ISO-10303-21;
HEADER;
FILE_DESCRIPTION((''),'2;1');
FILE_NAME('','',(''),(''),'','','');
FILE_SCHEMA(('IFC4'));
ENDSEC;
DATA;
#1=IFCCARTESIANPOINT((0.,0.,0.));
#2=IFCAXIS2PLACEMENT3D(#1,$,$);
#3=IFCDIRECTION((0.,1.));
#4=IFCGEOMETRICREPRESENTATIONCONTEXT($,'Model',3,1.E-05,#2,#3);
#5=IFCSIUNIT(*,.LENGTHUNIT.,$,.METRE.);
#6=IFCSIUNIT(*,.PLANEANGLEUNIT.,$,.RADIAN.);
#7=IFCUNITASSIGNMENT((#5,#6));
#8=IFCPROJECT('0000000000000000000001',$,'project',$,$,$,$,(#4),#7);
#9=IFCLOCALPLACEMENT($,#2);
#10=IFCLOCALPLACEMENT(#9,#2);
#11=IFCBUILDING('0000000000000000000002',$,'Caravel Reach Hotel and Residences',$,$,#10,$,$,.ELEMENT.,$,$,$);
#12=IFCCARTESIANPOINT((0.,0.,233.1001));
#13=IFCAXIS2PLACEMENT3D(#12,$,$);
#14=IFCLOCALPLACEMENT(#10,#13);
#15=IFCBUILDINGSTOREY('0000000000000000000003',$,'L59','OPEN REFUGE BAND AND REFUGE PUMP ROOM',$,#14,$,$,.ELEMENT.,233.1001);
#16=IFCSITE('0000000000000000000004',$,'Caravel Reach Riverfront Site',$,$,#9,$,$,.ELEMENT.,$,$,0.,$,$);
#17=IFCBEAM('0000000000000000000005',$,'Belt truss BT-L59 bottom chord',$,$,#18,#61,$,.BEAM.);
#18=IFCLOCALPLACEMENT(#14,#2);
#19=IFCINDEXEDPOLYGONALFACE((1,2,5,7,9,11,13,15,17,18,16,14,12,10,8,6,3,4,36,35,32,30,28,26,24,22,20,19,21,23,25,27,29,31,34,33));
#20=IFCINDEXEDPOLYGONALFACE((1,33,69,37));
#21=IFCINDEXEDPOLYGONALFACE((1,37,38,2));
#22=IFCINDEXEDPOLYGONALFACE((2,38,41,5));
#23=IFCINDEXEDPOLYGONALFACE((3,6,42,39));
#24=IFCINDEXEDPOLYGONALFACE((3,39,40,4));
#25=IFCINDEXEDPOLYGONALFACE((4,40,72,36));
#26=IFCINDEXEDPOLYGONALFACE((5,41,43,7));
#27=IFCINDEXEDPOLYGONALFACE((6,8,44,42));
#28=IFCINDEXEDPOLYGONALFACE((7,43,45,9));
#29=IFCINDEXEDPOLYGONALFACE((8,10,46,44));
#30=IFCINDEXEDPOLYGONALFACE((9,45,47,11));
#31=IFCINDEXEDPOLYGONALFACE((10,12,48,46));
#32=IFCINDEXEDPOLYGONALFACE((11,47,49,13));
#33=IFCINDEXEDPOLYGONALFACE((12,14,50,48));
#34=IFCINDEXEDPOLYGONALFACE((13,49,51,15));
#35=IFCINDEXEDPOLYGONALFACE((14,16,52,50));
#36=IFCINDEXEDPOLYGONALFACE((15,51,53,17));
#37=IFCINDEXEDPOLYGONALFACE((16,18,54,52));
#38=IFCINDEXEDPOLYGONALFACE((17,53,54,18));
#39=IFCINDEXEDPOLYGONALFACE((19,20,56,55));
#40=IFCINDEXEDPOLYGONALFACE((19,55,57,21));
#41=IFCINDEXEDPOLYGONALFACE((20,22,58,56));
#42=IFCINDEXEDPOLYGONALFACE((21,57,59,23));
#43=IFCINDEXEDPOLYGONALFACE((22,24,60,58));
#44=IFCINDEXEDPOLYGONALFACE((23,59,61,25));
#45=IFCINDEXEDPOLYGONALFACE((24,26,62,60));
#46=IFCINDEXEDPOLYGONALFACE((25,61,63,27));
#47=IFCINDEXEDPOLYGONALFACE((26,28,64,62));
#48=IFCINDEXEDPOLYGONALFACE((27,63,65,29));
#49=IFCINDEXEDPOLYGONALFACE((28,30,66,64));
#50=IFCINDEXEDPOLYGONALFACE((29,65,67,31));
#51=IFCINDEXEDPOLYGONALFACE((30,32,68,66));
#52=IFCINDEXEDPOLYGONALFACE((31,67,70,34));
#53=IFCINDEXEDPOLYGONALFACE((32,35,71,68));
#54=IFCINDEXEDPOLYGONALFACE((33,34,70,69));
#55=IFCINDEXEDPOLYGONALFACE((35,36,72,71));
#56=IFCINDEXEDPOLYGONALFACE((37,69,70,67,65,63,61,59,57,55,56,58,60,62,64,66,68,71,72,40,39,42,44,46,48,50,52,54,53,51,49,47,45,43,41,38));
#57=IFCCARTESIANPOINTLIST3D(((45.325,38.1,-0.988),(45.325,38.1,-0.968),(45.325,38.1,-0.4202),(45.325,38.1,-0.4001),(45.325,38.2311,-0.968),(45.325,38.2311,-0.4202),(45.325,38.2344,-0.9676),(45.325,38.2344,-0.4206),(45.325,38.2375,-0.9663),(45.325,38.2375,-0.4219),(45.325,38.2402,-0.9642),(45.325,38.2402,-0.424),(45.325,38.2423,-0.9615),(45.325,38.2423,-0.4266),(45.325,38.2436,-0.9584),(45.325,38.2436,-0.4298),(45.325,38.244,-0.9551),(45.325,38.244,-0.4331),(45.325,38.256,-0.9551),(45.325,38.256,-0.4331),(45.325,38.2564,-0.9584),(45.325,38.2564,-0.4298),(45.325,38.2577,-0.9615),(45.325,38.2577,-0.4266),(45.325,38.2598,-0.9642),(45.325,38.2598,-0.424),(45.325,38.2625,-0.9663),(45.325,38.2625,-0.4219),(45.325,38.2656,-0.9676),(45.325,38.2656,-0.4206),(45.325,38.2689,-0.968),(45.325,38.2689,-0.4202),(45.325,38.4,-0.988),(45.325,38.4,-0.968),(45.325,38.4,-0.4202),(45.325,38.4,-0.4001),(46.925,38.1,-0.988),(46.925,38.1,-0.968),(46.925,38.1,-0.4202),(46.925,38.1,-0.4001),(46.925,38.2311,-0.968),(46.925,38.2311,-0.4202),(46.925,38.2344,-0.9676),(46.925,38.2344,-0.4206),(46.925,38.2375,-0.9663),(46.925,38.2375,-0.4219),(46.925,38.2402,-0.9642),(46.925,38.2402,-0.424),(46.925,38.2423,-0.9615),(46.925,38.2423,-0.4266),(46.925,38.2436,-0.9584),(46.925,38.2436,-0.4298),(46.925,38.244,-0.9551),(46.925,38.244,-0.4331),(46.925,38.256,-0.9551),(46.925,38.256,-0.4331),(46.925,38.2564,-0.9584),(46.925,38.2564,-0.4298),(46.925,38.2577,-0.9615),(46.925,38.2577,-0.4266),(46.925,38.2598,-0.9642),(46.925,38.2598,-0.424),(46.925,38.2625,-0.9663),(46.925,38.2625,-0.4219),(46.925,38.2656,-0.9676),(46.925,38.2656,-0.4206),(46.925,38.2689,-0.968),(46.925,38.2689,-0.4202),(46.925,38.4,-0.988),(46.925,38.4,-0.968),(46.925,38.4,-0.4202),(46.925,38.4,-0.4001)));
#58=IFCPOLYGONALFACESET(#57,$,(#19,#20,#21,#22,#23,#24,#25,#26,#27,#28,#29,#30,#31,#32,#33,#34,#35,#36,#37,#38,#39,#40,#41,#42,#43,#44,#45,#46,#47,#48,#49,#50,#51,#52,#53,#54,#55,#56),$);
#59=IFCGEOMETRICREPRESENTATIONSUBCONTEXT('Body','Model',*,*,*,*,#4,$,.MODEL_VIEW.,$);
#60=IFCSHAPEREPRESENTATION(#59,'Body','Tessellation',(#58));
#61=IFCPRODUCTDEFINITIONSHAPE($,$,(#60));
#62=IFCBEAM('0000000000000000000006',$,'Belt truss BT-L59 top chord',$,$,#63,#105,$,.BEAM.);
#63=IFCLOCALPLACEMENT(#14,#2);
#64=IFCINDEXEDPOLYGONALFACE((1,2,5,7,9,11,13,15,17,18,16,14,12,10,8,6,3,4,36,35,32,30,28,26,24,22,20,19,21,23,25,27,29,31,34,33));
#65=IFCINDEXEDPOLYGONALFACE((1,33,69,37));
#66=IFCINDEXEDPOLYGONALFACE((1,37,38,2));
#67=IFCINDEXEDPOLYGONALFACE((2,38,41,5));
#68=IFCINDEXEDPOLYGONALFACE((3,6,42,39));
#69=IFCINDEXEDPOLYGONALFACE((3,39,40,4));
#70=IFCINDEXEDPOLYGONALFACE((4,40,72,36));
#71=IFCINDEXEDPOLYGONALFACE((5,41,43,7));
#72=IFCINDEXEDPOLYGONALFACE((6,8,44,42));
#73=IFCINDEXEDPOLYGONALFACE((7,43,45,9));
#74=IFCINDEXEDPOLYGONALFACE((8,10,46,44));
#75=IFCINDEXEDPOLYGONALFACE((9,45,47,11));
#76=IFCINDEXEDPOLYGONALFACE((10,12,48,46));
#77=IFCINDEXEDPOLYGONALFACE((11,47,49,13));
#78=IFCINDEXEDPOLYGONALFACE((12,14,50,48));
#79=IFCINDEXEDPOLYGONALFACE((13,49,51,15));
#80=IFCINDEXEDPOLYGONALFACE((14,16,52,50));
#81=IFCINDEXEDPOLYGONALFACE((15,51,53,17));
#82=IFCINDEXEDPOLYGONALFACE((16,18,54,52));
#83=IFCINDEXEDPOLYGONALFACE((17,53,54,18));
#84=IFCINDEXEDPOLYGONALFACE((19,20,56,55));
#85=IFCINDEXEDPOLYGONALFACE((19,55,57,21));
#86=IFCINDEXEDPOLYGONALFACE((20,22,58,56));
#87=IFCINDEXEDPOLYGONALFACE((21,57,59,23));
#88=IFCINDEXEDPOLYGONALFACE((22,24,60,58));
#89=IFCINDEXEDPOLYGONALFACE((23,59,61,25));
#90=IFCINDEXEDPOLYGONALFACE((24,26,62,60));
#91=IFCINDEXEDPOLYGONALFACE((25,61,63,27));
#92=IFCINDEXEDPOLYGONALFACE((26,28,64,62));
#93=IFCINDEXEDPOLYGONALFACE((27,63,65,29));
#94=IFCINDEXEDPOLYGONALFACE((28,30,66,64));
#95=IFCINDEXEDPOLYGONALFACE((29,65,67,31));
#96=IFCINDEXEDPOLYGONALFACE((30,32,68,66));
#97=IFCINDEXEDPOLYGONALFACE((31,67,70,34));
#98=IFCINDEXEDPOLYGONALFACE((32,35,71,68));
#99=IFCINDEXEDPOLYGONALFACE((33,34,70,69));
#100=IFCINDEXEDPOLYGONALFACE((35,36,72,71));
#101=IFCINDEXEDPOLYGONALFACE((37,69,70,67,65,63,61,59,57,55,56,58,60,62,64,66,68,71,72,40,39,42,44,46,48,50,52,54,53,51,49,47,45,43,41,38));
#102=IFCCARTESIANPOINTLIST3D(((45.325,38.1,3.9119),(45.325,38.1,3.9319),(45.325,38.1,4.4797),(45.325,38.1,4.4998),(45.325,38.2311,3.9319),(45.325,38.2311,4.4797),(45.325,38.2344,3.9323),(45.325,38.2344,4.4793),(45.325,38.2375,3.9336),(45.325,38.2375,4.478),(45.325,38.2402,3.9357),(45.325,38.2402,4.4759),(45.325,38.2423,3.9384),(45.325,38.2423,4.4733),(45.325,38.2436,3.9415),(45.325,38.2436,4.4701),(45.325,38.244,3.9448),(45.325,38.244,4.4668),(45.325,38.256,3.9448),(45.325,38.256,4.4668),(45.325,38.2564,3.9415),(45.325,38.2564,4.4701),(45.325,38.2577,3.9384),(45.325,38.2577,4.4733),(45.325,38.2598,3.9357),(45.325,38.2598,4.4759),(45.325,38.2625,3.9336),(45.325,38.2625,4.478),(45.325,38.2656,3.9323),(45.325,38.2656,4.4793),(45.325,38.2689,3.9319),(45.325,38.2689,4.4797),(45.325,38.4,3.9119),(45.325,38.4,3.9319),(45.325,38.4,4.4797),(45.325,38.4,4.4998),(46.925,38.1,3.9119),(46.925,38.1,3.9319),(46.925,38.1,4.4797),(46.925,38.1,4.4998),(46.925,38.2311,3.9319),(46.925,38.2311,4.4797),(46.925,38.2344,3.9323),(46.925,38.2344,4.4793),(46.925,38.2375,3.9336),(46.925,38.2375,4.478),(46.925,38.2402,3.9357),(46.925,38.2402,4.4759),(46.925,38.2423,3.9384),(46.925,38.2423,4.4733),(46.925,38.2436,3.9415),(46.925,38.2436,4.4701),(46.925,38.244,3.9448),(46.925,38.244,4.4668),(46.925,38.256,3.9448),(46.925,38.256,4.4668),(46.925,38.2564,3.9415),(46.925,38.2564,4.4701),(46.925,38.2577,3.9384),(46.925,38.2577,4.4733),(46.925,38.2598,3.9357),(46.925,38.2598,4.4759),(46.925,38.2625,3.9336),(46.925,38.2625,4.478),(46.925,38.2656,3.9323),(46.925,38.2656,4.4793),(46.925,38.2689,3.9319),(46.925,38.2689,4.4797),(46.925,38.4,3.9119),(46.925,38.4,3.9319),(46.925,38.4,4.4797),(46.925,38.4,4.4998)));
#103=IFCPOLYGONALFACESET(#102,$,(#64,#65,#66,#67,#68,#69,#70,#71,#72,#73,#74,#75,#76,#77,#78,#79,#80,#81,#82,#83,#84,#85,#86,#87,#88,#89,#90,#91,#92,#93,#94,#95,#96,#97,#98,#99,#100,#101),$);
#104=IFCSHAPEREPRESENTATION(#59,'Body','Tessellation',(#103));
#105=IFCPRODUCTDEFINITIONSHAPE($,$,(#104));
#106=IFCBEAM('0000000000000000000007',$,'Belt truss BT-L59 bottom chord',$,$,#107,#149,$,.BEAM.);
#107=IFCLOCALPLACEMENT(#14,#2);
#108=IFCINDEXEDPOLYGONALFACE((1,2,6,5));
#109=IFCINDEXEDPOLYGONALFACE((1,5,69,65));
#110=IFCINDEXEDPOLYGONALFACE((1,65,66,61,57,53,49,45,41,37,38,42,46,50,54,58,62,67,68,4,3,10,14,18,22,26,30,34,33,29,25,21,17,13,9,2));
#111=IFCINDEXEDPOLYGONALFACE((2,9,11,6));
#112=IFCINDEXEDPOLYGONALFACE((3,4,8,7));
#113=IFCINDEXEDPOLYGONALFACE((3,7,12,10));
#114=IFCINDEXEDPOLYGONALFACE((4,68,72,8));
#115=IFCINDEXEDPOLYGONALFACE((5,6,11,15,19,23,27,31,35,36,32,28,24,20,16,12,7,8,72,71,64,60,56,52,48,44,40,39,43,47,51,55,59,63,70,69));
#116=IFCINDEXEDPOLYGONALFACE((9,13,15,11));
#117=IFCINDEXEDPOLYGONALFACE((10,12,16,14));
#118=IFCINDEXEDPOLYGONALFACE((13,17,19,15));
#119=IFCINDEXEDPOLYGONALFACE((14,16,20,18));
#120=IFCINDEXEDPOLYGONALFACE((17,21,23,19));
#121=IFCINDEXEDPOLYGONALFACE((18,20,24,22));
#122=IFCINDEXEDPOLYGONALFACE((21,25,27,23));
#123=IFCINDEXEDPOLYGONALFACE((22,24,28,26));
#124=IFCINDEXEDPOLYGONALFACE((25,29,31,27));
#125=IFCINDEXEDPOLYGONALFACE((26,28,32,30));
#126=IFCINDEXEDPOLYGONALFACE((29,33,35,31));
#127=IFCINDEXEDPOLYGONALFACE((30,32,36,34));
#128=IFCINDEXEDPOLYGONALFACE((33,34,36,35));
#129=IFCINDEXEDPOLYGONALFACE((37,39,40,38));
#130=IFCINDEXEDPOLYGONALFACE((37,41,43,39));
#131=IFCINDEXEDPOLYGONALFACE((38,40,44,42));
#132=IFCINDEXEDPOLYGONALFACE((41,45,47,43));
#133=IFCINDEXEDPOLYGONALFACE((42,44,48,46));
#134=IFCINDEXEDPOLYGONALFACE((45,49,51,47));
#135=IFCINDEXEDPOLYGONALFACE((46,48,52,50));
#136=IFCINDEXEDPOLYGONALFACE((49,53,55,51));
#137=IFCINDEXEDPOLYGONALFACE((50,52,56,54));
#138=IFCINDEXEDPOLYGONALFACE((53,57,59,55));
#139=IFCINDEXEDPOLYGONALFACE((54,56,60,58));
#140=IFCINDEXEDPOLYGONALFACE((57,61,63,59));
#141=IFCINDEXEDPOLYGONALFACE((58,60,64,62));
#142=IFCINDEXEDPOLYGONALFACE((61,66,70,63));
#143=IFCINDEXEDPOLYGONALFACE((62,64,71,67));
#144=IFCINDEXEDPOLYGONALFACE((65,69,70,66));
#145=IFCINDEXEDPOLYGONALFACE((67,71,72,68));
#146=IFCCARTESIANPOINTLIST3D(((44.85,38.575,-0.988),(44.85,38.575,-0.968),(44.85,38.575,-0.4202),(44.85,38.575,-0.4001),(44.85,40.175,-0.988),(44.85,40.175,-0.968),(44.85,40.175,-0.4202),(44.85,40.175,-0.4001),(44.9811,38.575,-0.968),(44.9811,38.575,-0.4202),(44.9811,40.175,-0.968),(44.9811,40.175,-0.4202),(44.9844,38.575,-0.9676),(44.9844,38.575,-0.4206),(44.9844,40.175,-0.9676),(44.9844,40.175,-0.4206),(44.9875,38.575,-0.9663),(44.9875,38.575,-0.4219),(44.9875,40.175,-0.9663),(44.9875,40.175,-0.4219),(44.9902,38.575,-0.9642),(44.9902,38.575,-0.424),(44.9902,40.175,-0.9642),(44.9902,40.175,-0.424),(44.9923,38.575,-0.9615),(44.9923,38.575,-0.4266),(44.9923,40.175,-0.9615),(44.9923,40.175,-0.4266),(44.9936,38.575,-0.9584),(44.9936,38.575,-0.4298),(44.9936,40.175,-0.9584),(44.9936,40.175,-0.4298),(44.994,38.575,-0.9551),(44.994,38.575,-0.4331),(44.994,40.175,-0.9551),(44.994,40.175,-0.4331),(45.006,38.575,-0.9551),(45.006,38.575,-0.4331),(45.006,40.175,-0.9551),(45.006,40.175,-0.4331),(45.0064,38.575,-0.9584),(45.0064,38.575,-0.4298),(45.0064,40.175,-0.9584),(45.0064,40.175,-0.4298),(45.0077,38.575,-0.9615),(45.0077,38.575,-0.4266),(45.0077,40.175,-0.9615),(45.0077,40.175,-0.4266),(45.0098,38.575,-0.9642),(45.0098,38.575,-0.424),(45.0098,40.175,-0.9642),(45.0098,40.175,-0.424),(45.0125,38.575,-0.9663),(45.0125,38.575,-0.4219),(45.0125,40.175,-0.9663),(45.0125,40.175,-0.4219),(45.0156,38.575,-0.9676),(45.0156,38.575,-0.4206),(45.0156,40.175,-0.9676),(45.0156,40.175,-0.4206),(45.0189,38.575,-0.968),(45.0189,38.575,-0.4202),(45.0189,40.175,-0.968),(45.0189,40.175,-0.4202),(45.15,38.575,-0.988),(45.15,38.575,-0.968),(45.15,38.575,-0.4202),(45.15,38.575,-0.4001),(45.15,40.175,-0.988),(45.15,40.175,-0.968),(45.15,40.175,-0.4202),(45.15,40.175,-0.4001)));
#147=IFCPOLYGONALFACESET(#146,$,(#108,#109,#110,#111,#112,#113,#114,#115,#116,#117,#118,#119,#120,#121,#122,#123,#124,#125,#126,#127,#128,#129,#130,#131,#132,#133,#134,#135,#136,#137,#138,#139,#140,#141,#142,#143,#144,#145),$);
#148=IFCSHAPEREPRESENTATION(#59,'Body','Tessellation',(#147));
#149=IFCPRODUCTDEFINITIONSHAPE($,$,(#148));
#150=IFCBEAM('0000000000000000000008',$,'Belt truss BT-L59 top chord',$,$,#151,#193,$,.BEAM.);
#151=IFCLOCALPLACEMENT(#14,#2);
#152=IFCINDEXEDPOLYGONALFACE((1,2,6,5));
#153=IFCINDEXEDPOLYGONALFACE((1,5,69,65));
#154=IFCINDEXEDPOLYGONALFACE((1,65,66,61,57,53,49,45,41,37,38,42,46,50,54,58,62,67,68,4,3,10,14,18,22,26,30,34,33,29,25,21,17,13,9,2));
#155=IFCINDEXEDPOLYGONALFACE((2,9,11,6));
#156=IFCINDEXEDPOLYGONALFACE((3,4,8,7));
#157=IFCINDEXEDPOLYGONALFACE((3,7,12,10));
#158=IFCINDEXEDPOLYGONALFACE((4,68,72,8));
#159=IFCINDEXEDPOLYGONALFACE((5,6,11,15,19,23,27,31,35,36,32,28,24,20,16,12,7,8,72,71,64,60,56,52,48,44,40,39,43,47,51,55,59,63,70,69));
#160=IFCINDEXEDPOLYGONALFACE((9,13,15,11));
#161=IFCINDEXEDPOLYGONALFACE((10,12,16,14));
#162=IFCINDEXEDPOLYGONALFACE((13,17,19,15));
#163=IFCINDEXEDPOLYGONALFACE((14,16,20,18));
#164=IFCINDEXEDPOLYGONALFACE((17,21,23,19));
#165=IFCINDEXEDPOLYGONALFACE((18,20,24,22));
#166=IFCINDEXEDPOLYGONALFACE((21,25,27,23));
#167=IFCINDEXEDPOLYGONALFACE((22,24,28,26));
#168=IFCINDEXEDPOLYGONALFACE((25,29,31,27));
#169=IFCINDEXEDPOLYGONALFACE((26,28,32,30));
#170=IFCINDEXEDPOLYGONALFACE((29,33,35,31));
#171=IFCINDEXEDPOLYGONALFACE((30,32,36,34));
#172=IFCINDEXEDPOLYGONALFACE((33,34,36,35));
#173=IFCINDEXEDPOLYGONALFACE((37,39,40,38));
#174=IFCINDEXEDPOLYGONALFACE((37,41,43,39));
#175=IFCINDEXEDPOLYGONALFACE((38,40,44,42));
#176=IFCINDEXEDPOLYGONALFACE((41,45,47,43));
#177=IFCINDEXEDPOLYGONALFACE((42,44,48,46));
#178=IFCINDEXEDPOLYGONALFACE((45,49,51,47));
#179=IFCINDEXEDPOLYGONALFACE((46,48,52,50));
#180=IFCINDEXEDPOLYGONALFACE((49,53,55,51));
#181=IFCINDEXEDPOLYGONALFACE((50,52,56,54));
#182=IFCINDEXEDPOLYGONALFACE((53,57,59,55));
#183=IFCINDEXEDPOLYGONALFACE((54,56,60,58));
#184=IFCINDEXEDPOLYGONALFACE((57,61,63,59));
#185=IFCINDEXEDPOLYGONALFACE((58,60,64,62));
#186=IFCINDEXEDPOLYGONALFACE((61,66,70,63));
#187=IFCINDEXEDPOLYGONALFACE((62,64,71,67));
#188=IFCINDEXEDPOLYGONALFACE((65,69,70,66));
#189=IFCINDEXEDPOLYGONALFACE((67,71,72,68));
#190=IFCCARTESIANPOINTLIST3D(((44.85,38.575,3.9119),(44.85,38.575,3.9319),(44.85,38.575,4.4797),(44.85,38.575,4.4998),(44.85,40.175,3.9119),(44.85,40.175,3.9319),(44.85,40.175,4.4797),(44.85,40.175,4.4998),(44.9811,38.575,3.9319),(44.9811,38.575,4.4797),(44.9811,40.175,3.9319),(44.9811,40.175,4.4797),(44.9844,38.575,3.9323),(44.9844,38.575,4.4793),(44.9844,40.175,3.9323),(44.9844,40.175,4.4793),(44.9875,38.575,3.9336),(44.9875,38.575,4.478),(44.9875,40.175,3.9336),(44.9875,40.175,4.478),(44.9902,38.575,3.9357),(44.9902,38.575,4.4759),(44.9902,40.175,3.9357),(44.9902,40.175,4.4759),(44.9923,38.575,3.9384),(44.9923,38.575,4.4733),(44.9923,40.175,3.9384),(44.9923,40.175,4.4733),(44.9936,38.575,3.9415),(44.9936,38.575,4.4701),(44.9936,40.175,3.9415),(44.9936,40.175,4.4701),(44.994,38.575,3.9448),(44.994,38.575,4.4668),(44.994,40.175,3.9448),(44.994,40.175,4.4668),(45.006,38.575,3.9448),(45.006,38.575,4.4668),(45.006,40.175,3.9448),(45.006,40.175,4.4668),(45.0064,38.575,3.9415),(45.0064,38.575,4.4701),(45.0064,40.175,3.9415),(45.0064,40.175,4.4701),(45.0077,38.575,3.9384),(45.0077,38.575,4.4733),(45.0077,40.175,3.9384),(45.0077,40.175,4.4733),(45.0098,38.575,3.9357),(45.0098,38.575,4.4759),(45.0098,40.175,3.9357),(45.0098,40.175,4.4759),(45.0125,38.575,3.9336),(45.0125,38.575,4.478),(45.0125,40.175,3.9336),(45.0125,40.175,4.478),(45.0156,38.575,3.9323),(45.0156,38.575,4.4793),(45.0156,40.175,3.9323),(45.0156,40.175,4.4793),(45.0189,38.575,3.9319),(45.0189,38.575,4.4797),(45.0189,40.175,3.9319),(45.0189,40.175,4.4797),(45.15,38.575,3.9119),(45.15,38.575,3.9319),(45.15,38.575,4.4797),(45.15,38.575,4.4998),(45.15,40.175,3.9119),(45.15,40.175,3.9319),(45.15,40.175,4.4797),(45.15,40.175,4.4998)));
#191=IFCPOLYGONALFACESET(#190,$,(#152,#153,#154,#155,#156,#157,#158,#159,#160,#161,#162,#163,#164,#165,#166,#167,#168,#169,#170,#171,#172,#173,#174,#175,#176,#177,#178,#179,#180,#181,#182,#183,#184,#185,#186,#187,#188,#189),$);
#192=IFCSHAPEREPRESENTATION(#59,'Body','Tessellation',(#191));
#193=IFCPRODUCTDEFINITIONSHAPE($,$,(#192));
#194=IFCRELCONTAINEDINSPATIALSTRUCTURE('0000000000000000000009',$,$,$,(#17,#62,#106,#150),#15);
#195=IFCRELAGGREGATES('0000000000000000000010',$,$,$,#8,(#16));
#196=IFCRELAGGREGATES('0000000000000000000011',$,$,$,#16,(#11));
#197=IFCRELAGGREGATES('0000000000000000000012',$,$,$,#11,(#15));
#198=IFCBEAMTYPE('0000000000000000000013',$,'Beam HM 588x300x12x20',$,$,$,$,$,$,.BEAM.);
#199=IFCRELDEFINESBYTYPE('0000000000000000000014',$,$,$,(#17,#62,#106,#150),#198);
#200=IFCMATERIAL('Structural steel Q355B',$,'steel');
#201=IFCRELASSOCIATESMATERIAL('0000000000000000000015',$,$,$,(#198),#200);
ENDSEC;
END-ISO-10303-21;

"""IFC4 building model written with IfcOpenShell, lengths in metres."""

from ifc_helpers import new_model, si_unit, direction, frame, origin, origin_2d, place, context, subcontext, project, spatial, i_section, extrude, material, material_profile, profile_set, type_object, element, save


model = new_model("IFC4")

# Units and contexts
model_context = context("Model", 3, precision=1e-05, world=origin(), true_north=direction((0.0, 1.0)))
body_context = subcontext(model_context, "Body", "Model", "MODEL_VIEW")
ifc_project = project(units=[si_unit("LENGTHUNIT", "METRE"), si_unit("PLANEANGLEUNIT", "RADIAN")], contexts=[model_context])

# Site, building, storey
site_placement = place(None, origin())
site = spatial("IfcSite", under=ifc_project, at=site_placement, Name="Caravel Reach Riverfront Site", CompositionType="ELEMENT", RefElevation=0.0)
building_placement = place(site_placement, origin())
building = spatial("IfcBuilding", under=site, at=building_placement, Name="Caravel Reach Hotel and Residences", CompositionType="ELEMENT")
storey_placement = place(building_placement, frame((0.0, 0.0, 233.1001)))
storey = spatial("IfcBuildingStorey", under=building, at=storey_placement, Name="L59", Description="OPEN REFUGE BAND AND REFUGE PUMP ROOM", CompositionType="ELEMENT", Elevation=233.1001)

# Beams
ifc_material_1 = material(Name="Structural steel Q355B", Category="steel")
ifc_material_profile_1 = material_profile(ifc_material_1, i_section(OverallWidth=0.3, OverallDepth=0.5879, WebThickness=0.012, FlangeThickness=0.02, FilletRadius=0.0129, at=origin_2d()), Name="HM 588x300x12x20")
ifc_profile_set_1 = profile_set([ifc_material_profile_1], Name="Structural steel Q355B")
beam_type = type_object("IfcBeamType", Name="Beam HM 588x300x12x20", PredefinedType="BEAM", material=ifc_profile_set_1)
for number, where, z_axis, x_axis, name in (
    (1, (46.925, 38.25, -0.6941), (-1.0, 0.0, 0.0), (0.0, -1.0, 0.0), "Belt truss BT-L59 bottom chord"),
    (2, (46.925, 38.25, 4.2058), (-1.0, 0.0, 0.0), (0.0, -1.0, 0.0), "Belt truss BT-L59 top chord"),
    (3, (45.0, 38.575, -0.6941), (0.0, 1.0, 0.0), (-1.0, 0.0, 0.0), "Belt truss BT-L59 bottom chord"),
    (4, (45.0, 38.575, 4.2058), (0.0, 1.0, 0.0), (-1.0, 0.0, 0.0), "Belt truss BT-L59 top chord"),
):
    element("IfcBeam", number, at=place(storey_placement, frame(where, z_axis=z_axis, x_axis=x_axis)), inside=storey, type_object=beam_type, Name=name, PredefinedType="BEAM", context=body_context, shape_type="SweptSolid", body=[
        extrude(i_section(OverallWidth=0.3, OverallDepth=0.5879, WebThickness=0.012, FlangeThickness=0.02, FilletRadius=0.0129, at=origin_2d()), origin(), (0.0, 0.0, 1.0), 1.6001),
    ])

save(model, "model.ifc")
